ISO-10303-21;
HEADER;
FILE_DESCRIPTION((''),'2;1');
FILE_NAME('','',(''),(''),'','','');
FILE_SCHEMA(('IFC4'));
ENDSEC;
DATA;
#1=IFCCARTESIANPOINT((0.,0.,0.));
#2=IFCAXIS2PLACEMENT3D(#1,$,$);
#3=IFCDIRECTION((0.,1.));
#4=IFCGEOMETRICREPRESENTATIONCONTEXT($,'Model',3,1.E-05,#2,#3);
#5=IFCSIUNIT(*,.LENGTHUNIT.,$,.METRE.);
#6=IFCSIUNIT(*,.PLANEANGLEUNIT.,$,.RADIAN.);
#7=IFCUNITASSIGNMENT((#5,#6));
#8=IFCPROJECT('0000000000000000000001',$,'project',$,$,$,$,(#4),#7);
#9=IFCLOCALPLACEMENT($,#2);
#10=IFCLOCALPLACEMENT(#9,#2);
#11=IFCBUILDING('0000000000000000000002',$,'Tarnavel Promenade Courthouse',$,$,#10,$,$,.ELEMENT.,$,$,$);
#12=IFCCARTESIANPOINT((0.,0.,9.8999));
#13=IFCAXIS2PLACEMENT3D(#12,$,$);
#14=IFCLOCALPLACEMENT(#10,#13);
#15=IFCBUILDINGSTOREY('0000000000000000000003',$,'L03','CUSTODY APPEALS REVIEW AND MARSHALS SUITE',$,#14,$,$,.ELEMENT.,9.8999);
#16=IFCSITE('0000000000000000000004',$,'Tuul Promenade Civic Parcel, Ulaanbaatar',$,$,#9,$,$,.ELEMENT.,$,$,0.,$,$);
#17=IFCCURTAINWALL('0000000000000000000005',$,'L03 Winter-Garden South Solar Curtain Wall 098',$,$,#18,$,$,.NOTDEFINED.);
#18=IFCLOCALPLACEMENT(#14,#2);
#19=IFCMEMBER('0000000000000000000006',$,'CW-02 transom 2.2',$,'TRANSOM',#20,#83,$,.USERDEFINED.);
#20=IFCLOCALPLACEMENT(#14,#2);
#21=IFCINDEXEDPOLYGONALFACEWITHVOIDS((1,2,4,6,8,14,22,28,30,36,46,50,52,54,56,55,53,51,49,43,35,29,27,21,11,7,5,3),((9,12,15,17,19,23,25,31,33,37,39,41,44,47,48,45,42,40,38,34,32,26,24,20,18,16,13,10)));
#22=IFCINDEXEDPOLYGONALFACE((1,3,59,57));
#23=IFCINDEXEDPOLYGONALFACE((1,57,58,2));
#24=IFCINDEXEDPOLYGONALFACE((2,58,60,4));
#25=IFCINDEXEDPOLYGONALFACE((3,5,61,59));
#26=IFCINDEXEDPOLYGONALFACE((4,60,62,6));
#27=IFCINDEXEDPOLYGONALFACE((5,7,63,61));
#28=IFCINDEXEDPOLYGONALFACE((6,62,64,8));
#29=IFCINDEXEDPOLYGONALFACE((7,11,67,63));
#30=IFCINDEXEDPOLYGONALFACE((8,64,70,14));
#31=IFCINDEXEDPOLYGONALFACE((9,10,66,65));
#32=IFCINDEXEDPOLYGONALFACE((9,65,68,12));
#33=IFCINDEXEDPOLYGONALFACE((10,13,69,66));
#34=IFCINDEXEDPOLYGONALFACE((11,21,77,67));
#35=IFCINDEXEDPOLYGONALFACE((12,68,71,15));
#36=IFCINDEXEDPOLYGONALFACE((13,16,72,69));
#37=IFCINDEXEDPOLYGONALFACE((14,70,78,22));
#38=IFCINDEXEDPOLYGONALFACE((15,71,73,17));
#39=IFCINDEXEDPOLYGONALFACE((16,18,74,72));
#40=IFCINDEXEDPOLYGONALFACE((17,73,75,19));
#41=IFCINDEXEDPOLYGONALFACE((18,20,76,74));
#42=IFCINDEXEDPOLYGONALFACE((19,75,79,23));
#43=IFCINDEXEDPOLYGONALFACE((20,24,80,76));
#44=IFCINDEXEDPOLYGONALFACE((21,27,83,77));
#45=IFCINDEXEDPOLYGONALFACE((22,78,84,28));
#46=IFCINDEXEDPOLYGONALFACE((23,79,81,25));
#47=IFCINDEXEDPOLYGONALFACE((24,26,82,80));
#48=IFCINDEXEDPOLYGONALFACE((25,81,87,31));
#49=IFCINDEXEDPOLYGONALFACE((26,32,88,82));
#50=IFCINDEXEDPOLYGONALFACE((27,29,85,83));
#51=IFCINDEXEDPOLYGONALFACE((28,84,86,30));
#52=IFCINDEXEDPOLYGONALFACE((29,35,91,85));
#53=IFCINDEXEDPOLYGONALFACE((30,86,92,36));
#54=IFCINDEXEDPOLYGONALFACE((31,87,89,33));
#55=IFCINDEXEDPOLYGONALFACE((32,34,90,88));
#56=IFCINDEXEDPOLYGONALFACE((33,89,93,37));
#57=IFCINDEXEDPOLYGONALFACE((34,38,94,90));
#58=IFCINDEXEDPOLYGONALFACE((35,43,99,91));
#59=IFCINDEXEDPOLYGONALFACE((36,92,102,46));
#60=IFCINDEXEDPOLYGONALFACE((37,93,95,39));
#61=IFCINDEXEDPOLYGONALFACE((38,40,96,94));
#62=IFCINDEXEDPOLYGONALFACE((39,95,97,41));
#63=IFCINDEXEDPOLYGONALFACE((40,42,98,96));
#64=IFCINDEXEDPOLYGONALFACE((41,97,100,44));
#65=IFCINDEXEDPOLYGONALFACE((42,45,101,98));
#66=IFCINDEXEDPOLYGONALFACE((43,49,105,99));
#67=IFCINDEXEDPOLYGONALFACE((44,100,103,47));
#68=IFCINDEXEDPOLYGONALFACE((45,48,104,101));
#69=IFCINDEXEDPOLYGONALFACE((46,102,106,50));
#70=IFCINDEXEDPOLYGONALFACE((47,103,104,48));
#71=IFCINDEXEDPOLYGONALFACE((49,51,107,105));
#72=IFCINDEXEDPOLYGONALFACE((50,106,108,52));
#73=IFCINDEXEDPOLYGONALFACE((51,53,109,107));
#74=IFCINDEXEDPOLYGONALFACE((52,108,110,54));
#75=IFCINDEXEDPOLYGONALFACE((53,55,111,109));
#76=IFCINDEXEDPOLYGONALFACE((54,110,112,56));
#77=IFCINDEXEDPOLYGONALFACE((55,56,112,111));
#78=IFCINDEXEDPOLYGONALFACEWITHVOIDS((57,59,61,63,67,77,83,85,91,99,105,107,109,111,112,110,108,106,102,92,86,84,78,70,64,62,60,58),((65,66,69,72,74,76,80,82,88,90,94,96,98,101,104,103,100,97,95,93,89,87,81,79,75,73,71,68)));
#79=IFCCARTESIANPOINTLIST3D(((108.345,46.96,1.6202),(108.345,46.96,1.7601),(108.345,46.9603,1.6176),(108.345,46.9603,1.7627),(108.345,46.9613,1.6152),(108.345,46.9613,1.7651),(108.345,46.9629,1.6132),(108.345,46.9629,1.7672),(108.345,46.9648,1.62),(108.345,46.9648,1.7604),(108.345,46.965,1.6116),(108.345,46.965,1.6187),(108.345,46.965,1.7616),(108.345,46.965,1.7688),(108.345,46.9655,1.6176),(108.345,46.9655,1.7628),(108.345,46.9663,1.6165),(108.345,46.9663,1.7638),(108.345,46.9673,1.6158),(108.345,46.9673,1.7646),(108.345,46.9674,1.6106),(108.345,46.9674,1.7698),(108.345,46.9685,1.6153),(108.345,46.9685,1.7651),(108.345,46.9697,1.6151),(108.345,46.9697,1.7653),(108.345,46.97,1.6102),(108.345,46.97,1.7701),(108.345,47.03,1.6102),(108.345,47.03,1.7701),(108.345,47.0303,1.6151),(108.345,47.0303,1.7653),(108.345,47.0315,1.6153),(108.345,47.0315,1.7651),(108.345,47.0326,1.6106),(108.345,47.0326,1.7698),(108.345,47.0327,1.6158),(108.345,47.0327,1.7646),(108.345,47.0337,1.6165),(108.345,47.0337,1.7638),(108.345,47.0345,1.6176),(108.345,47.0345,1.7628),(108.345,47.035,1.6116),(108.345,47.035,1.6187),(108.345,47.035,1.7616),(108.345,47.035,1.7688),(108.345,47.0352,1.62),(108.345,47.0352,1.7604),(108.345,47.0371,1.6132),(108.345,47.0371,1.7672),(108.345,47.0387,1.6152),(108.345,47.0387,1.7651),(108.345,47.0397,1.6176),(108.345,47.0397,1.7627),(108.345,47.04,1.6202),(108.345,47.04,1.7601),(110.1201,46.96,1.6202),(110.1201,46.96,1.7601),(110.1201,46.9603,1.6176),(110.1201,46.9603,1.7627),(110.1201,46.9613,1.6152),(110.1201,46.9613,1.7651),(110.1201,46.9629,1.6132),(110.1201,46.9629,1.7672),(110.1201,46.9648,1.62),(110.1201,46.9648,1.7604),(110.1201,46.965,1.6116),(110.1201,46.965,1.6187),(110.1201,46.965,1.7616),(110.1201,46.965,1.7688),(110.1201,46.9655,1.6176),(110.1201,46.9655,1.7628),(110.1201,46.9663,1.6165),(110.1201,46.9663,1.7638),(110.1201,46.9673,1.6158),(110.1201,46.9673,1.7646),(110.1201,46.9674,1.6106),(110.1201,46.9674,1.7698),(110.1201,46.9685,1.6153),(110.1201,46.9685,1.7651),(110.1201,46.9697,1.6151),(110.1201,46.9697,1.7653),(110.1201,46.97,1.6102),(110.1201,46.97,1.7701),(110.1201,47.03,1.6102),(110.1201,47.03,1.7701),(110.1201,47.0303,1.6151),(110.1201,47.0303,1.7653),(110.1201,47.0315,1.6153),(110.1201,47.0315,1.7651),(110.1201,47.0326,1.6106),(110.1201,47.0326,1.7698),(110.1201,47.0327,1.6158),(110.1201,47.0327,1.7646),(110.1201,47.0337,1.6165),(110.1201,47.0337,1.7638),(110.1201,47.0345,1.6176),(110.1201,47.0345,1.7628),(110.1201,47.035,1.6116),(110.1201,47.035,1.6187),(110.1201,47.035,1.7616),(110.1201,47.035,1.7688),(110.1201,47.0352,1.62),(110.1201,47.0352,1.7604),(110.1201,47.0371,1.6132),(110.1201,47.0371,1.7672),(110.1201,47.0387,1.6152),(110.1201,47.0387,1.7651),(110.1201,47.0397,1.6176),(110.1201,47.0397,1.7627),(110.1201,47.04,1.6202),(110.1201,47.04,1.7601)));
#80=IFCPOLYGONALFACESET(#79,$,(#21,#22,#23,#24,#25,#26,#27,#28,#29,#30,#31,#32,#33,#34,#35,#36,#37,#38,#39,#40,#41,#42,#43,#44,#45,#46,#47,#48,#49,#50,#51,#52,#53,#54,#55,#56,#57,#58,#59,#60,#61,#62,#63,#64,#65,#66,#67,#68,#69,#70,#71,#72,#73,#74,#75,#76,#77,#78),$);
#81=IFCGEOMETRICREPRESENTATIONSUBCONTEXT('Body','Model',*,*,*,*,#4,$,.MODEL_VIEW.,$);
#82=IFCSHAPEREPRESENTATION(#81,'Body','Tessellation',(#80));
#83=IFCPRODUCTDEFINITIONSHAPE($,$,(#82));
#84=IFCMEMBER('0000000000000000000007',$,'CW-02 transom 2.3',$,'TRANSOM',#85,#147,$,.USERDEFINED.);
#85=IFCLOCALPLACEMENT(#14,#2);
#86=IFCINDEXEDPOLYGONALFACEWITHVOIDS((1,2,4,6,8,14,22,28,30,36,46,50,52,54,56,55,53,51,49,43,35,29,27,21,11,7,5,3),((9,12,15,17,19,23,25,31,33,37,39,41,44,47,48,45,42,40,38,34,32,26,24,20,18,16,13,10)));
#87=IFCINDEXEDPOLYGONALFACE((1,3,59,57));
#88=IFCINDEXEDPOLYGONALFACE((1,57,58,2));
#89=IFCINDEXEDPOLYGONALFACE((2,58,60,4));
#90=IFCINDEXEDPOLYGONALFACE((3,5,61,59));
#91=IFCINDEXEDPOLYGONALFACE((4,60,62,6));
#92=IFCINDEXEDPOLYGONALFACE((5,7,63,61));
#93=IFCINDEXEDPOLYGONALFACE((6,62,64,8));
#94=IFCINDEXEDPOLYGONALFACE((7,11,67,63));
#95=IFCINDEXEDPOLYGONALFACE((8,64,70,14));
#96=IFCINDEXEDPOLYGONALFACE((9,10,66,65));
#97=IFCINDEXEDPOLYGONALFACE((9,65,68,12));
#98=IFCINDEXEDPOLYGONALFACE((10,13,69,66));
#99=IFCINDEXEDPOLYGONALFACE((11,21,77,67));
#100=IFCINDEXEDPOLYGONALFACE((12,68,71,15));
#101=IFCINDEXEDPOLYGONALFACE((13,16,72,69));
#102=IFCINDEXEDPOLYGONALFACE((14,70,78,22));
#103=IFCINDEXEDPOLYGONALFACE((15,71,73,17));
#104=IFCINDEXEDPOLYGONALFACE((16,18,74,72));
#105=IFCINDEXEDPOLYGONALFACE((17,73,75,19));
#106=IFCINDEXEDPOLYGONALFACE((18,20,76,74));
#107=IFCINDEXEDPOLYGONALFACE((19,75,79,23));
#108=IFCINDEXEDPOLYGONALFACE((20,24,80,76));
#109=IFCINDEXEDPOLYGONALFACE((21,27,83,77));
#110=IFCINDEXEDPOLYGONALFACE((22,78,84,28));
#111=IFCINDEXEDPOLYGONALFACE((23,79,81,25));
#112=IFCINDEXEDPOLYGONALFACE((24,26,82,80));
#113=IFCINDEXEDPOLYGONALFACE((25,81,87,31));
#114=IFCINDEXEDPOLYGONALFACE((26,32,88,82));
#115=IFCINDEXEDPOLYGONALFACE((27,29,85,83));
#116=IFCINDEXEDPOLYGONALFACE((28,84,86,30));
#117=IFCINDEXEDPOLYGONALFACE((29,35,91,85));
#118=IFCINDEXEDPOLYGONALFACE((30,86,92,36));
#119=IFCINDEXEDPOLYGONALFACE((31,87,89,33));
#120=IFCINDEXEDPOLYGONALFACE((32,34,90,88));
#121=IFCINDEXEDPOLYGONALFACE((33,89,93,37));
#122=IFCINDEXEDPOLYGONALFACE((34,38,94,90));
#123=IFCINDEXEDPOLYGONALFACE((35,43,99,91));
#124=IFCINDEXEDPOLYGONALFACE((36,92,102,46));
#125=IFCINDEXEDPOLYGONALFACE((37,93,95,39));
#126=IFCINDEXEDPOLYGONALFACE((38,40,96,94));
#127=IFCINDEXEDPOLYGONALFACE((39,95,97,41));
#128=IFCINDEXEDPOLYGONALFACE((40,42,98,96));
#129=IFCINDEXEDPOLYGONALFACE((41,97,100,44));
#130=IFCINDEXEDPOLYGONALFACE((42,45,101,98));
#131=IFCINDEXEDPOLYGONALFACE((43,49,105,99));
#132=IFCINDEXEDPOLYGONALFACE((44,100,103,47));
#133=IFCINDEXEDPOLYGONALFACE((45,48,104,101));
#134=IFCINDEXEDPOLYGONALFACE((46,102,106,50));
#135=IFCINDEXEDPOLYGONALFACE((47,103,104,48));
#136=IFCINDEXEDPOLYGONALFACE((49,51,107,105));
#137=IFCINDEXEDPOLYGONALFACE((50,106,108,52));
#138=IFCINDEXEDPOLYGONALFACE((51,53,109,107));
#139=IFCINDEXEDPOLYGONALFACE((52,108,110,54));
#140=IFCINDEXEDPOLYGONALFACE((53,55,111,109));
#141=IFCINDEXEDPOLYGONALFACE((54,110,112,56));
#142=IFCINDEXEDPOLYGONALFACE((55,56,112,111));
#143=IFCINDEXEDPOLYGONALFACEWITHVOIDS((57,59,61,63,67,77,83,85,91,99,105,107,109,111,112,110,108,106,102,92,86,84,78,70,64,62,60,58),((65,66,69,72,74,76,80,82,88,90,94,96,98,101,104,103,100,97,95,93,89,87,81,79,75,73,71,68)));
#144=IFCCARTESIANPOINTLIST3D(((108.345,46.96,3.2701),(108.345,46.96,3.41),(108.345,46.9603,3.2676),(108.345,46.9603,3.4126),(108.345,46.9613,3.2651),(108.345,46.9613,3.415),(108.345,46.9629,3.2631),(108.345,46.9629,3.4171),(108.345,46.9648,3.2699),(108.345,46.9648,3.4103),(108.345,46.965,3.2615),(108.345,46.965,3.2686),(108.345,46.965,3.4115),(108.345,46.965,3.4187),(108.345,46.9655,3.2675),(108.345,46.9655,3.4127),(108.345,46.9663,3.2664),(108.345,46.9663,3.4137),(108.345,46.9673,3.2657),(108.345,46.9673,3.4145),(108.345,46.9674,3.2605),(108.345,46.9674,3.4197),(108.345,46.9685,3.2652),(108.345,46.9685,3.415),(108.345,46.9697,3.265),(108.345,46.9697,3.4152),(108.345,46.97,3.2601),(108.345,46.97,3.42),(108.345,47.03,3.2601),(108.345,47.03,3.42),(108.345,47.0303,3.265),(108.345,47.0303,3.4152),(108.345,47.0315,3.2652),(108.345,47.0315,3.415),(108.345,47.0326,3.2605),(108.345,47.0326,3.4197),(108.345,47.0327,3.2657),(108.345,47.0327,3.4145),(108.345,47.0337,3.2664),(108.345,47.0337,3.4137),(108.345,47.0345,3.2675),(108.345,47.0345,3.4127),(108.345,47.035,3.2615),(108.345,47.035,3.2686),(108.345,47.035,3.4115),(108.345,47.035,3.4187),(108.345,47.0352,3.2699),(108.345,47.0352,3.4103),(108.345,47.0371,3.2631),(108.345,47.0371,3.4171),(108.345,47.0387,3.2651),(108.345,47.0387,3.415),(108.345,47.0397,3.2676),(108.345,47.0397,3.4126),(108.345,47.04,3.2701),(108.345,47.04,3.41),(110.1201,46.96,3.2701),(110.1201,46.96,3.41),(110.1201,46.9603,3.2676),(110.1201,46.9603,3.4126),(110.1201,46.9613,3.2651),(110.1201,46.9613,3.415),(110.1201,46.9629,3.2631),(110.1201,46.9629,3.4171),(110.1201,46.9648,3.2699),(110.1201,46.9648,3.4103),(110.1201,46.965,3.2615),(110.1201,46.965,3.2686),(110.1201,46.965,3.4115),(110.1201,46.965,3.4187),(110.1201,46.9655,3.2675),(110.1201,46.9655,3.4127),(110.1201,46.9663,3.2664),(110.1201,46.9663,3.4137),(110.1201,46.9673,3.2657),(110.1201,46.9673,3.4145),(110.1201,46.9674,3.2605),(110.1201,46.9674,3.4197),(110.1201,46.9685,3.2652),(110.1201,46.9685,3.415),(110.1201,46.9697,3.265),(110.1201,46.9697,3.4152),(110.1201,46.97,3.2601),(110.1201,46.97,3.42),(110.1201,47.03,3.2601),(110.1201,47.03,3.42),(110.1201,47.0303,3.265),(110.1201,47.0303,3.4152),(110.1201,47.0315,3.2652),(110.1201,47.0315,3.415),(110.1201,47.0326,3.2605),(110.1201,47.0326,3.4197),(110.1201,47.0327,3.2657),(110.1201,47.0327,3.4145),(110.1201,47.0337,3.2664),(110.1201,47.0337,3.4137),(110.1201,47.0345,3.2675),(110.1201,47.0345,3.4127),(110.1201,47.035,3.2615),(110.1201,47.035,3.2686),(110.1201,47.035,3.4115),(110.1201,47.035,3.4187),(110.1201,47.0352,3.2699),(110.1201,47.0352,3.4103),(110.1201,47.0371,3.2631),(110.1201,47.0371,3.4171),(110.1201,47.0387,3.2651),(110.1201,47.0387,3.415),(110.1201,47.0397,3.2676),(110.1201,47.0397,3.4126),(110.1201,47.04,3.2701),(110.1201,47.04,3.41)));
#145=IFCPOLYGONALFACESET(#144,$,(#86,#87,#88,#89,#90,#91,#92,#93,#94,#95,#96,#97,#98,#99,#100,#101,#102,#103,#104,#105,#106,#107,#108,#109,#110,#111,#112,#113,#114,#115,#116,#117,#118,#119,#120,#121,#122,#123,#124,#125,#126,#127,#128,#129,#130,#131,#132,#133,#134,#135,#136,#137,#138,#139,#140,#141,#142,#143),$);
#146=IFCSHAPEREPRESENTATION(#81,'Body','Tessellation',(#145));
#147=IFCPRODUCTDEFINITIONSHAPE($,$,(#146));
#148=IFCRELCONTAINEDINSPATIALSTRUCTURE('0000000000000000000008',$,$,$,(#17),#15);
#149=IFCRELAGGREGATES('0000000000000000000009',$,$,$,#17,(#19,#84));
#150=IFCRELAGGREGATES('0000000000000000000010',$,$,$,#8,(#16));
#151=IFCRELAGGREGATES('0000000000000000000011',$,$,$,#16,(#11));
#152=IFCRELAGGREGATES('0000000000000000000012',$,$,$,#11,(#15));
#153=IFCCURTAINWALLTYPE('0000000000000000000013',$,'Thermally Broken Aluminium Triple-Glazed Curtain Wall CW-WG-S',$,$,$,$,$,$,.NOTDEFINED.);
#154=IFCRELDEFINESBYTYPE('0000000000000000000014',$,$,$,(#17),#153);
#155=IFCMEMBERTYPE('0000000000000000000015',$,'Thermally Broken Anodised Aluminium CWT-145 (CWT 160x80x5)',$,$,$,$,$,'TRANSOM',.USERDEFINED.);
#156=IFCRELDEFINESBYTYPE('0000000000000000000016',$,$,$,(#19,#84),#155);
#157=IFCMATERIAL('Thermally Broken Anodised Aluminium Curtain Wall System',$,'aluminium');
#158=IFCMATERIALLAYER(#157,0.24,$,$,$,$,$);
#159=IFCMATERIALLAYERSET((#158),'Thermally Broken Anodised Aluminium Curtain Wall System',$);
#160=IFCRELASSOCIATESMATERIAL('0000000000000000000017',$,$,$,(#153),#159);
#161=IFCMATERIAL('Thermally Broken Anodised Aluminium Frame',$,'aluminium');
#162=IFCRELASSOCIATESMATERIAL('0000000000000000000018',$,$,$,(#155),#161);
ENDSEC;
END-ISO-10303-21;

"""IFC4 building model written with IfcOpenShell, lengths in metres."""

from ifc_helpers import new_model, si_unit, direction, frame, origin, origin_2d, place, context, subcontext, project, spatial, hollow_rectangle, extrude, material, layer, layer_set, material_profile, profile_set, type_object, element, aggregate, save


model = new_model("IFC4")

# Units and contexts
model_context = context("Model", 3, precision=1e-05, world=origin(), true_north=direction((0.0, 1.0)))
body_context = subcontext(model_context, "Body", "Model", "MODEL_VIEW")
ifc_project = project(units=[si_unit("LENGTHUNIT", "METRE"), si_unit("PLANEANGLEUNIT", "RADIAN")], contexts=[model_context])

# Site, building, storey
site_placement = place(None, origin())
site = spatial("IfcSite", under=ifc_project, at=site_placement, Name="Tuul Promenade Civic Parcel, Ulaanbaatar", CompositionType="ELEMENT", RefElevation=0.0)
building_placement = place(site_placement, origin())
building = spatial("IfcBuilding", under=site, at=building_placement, Name="Tarnavel Promenade Courthouse", CompositionType="ELEMENT")
storey_placement = place(building_placement, frame((0.0, 0.0, 9.8999)))
storey = spatial("IfcBuildingStorey", under=building, at=storey_placement, Name="L03", Description="CUSTODY APPEALS REVIEW AND MARSHALS SUITE", CompositionType="ELEMENT", Elevation=9.8999)

# Curtain wall
ifc_material_1 = material(Name="Thermally Broken Anodised Aluminium Curtain Wall System", Category="aluminium")
ifc_layer_1 = layer(ifc_material_1, 0.24)
ifc_layer_set_1 = layer_set([ifc_layer_1], Name="Thermally Broken Anodised Aluminium Curtain Wall System")
curtain_wall_type = type_object("IfcCurtainWallType", Name="Thermally Broken Aluminium Triple-Glazed Curtain Wall CW-WG-S", PredefinedType="NOTDEFINED", material=ifc_layer_set_1)
curtain_wall_1_placement = place(storey_placement, origin())
curtain_wall_1 = element("IfcCurtainWall", 1, at=curtain_wall_1_placement, inside=storey, type_object=curtain_wall_type, Name="L03 Winter-Garden South Solar Curtain Wall 098", PredefinedType="NOTDEFINED")
ifc_material_2 = material(Name="Thermally Broken Anodised Aluminium Frame", Category="aluminium")

# Members
ifc_material_profile_1 = material_profile(ifc_material_2, hollow_rectangle(XDim=0.0801, YDim=0.1599, WallThickness=0.0049, InnerFilletRadius=0.0049, OuterFilletRadius=0.01, at=origin_2d()), Name="CWT 160x80x5")
ifc_profile_set_1 = profile_set([ifc_material_profile_1], Name="Thermally Broken Anodised Aluminium Frame")
member_type_1 = type_object("IfcMemberType", Name="Thermally Broken Anodised Aluminium CWT-145 (CWT 160x80x5)", ElementType="TRANSOM", PredefinedType="USERDEFINED", material=ifc_profile_set_1)
member_1_placement = place(storey_placement, frame((108.345, 47.0, 1.6902), z_axis=(1.0, 0.0, 0.0), x_axis=(0.0, 1.0, 0.0)))
member_1 = element("IfcMember", 2, at=member_1_placement, type_object=member_type_1, Name="CW-02 transom 2.2", ObjectType="TRANSOM", PredefinedType="USERDEFINED", context=body_context, shape_type="SweptSolid", body=[
    extrude(hollow_rectangle(XDim=0.0801, YDim=0.1599, WallThickness=0.0049, InnerFilletRadius=0.0049, OuterFilletRadius=0.01, at=origin_2d()), origin(), (0.0, 0.0, 1.0), 1.7751),
])
member_2_placement = place(storey_placement, frame((108.345, 47.0, 3.3401), z_axis=(1.0, 0.0, 0.0), x_axis=(0.0, 1.0, 0.0)))
member_2 = element("IfcMember", 3, at=member_2_placement, type_object=member_type_1, Name="CW-02 transom 2.3", ObjectType="TRANSOM", PredefinedType="USERDEFINED", context=body_context, shape_type="SweptSolid", body=[
    extrude(hollow_rectangle(XDim=0.0801, YDim=0.1599, WallThickness=0.0049, InnerFilletRadius=0.0049, OuterFilletRadius=0.01, at=origin_2d()), origin(), (0.0, 0.0, 1.0), 1.7751),
])

aggregate(curtain_wall_1, [member_1, member_2])

save(model, "model.ifc")
